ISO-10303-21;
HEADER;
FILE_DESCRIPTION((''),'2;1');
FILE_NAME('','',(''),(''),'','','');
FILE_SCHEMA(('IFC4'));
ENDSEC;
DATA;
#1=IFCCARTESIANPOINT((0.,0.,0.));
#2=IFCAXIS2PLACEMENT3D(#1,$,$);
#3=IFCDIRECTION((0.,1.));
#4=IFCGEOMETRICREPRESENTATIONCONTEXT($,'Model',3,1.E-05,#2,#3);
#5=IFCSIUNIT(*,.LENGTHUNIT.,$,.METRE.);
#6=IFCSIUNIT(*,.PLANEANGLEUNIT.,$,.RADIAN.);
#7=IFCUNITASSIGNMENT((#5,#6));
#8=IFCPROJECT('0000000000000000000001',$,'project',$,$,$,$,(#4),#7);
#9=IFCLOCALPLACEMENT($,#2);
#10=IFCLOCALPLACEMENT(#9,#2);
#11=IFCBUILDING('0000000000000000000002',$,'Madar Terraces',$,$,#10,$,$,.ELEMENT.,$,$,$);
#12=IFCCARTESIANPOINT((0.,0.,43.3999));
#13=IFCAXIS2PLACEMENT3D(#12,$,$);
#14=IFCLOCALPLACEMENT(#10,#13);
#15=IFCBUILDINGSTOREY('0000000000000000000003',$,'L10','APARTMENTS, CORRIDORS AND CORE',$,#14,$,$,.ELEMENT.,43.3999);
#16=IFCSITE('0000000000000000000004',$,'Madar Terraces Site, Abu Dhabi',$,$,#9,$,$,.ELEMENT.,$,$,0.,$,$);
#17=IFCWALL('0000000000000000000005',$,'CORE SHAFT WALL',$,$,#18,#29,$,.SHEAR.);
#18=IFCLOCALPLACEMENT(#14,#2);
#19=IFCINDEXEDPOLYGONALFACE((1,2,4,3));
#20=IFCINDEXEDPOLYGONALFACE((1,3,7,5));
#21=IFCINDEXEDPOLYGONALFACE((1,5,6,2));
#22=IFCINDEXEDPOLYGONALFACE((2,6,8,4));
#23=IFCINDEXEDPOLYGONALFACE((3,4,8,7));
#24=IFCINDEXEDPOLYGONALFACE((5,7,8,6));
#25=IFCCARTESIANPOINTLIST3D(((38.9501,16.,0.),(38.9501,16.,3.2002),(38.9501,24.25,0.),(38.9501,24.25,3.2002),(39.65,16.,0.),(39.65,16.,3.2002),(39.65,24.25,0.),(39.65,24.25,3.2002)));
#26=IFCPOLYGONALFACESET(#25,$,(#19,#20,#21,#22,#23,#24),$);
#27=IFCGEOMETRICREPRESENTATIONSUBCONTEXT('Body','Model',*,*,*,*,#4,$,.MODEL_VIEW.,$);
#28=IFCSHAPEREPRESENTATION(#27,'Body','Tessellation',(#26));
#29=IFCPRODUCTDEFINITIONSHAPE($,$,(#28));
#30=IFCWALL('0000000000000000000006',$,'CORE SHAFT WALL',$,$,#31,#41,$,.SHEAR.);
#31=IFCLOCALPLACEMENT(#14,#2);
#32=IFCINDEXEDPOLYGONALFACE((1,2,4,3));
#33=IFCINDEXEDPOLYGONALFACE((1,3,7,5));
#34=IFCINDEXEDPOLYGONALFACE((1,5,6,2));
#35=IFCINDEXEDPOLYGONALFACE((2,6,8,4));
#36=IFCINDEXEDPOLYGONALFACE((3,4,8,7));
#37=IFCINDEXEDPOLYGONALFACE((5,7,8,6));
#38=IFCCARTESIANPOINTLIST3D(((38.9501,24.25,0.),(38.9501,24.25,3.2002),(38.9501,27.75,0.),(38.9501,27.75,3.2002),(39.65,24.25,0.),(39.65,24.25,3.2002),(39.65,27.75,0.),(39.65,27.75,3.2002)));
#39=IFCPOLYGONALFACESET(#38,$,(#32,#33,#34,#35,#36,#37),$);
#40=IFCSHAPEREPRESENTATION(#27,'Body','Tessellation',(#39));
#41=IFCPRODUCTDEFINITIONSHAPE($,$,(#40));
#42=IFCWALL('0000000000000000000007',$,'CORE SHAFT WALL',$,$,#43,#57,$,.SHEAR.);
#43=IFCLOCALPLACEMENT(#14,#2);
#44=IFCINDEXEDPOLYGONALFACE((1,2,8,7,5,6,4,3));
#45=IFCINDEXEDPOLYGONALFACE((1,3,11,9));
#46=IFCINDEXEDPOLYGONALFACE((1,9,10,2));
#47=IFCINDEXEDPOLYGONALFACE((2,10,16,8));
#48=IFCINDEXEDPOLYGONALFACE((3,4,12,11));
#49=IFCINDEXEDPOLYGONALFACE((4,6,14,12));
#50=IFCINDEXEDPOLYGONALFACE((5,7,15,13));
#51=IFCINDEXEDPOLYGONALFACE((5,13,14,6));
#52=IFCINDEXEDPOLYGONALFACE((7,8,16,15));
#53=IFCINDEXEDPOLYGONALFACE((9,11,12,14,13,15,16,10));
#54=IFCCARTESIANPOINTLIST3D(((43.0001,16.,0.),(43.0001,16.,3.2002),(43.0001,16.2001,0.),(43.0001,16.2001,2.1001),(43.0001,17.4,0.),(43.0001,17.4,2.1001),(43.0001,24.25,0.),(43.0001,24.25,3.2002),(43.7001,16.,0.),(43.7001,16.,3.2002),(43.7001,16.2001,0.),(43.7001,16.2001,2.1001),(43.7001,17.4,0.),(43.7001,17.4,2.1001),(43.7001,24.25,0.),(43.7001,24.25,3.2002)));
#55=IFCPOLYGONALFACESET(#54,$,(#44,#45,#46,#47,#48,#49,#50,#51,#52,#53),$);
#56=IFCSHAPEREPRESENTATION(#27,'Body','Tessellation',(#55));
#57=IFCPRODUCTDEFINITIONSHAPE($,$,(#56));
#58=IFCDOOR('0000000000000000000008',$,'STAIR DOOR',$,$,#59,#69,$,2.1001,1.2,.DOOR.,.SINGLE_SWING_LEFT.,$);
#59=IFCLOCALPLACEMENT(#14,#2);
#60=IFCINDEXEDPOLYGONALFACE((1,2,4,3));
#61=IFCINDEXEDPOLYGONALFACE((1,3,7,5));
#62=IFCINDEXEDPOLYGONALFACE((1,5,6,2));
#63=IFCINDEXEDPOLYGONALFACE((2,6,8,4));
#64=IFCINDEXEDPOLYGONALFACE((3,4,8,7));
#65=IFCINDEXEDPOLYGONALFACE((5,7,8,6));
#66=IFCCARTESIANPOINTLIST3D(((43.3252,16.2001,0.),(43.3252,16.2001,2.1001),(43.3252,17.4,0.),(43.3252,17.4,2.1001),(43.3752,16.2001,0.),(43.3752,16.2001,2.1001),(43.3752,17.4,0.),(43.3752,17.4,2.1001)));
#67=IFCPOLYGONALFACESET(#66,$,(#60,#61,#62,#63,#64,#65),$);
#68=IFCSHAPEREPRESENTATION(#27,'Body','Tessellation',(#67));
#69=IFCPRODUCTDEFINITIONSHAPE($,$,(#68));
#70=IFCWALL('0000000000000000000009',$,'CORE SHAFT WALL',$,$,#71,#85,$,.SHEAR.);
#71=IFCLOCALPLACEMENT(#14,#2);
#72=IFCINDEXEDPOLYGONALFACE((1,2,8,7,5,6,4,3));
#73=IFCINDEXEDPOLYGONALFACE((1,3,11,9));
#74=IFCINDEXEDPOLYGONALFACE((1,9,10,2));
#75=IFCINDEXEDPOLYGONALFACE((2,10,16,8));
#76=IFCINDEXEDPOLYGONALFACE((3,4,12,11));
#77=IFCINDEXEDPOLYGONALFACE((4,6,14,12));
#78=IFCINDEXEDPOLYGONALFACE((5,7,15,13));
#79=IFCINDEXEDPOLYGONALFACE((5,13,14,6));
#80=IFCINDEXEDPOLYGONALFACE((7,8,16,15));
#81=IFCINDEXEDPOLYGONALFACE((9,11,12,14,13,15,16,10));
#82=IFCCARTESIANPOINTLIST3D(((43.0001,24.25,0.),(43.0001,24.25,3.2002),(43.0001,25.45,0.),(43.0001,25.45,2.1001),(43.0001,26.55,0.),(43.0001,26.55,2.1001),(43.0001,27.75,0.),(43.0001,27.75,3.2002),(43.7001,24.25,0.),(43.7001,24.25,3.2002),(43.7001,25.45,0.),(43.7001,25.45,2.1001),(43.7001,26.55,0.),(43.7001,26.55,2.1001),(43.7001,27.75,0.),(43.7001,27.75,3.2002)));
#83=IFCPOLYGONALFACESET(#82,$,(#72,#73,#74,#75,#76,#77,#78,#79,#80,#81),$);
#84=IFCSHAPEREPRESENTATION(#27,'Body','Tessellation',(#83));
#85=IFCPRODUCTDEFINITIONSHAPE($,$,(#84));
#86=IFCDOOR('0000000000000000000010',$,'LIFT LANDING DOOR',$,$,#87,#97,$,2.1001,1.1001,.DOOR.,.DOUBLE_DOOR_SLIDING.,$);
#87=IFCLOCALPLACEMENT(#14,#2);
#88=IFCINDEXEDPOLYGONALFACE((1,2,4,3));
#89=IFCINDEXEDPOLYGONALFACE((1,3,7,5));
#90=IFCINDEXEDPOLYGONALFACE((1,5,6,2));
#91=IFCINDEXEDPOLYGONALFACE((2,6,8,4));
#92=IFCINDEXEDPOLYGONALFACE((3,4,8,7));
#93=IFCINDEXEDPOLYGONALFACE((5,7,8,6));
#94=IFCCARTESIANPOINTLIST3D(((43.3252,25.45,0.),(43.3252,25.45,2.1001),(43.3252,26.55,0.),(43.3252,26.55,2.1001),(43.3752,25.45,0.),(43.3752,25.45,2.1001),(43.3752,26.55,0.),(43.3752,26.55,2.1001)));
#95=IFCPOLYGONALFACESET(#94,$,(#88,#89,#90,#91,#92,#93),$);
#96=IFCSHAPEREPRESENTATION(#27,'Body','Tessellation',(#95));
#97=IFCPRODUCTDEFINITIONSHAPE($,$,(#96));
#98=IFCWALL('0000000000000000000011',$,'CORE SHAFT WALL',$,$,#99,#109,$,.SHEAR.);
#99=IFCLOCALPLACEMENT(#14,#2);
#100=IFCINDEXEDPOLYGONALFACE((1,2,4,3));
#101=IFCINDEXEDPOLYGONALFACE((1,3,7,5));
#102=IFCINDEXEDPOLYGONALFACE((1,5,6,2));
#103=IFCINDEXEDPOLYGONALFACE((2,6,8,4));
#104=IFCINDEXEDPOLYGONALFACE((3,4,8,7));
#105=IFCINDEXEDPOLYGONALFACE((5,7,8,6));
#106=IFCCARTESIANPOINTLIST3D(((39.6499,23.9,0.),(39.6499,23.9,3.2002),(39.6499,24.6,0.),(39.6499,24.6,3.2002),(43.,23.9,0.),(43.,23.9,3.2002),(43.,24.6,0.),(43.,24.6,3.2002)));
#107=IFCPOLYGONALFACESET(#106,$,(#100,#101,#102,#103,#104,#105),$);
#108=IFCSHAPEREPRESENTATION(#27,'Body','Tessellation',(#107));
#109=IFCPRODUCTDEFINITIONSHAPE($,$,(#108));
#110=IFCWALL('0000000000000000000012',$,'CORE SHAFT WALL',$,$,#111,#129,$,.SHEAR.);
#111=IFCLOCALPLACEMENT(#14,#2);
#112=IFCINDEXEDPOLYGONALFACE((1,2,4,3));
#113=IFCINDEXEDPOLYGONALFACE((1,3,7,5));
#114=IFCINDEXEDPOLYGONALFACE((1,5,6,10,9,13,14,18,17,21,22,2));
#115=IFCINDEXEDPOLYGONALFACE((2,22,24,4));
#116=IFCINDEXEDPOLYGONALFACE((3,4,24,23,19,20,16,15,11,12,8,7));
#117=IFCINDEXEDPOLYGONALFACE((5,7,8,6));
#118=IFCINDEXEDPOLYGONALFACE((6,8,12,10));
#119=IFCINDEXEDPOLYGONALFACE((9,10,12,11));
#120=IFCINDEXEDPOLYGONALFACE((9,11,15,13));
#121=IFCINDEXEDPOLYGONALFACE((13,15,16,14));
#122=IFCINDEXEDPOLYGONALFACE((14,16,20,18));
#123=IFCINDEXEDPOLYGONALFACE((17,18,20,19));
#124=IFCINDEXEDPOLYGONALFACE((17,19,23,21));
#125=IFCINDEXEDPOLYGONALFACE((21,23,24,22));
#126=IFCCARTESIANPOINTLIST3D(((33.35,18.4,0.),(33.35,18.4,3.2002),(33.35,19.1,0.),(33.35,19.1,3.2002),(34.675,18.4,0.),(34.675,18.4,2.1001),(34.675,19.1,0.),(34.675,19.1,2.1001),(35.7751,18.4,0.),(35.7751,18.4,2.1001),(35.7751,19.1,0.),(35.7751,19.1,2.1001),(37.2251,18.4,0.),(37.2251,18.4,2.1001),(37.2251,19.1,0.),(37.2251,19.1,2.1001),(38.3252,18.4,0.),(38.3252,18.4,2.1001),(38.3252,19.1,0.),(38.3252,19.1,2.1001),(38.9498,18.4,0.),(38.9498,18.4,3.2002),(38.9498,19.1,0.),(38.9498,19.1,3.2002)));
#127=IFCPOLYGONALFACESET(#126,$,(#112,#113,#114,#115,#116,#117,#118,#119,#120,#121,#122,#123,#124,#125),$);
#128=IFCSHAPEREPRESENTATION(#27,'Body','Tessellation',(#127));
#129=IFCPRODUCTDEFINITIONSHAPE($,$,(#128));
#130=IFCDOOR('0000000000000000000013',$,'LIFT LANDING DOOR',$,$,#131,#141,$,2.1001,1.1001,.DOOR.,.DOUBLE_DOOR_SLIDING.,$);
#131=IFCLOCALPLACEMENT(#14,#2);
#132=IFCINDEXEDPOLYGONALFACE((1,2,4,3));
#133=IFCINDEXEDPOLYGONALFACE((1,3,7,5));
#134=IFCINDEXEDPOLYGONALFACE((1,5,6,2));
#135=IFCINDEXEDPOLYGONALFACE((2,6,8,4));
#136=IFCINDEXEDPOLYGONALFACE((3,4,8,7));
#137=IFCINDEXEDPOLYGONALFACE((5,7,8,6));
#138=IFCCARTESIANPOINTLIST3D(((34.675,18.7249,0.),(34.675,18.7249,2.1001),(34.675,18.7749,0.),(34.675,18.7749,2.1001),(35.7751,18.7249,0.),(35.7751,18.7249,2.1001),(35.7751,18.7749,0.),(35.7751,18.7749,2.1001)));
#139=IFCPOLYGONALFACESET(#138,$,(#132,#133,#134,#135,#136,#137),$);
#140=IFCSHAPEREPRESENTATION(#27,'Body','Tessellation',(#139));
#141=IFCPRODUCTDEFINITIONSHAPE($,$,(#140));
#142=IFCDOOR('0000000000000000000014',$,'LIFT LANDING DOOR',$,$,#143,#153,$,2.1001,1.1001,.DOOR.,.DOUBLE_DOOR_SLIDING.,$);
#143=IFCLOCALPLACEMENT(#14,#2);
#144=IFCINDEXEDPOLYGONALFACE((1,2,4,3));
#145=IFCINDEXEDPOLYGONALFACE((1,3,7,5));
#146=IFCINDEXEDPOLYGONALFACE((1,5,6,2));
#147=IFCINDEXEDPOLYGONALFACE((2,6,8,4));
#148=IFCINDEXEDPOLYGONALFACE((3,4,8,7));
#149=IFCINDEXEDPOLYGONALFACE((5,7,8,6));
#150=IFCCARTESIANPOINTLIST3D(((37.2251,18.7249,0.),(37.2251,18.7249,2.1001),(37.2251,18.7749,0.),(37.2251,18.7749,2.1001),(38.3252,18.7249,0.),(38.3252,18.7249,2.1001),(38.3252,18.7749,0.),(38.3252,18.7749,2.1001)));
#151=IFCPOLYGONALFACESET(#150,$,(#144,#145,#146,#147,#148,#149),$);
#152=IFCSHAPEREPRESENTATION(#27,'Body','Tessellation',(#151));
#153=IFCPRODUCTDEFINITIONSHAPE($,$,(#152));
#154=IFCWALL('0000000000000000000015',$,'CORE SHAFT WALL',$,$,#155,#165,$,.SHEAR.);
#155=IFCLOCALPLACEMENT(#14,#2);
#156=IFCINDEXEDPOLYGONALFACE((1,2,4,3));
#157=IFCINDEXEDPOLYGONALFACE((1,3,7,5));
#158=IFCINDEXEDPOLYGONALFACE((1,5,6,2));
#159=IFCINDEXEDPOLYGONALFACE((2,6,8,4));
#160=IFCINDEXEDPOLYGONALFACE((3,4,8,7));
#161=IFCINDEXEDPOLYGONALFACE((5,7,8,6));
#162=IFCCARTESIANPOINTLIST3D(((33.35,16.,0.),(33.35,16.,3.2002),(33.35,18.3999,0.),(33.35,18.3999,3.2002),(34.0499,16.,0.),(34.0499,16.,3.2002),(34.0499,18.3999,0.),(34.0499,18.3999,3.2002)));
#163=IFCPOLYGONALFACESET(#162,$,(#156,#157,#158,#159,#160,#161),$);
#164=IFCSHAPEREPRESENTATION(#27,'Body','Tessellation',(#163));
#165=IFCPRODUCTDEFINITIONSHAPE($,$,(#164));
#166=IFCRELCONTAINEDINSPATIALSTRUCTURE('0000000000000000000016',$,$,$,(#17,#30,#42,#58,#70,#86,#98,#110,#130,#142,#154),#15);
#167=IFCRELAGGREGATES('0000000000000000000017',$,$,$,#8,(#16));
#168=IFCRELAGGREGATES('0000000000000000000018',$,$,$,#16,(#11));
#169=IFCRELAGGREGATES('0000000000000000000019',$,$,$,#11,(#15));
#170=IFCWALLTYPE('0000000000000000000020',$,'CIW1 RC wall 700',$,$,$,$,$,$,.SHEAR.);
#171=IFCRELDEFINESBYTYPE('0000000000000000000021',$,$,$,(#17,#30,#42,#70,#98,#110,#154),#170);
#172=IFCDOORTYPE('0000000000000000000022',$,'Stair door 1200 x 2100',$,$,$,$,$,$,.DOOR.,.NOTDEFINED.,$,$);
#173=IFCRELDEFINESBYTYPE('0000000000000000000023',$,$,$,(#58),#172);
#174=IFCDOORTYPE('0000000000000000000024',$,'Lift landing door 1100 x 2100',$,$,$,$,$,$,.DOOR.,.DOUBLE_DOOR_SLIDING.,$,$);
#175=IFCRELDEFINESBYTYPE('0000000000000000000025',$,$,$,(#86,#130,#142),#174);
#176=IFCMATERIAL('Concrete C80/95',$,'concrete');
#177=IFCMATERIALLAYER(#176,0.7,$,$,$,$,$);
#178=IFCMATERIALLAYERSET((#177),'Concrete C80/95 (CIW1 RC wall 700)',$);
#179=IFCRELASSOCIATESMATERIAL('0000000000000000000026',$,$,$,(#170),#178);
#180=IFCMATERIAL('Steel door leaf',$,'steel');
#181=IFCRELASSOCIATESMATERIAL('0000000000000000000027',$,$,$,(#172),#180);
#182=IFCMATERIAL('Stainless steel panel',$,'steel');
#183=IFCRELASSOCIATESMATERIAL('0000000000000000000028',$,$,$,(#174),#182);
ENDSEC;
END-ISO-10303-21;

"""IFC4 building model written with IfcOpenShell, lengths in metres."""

from ifc_helpers import new_model, si_unit, direction, frame, frame_2d, origin, place, context, subcontext, project, spatial, rectangle, extrude, material, layer, layer_set, type_object, element, fill, save


model = new_model("IFC4")

# Units and contexts
model_context = context("Model", 3, precision=1e-05, world=origin(), true_north=direction((0.0, 1.0)))
body_context = subcontext(model_context, "Body", "Model", "MODEL_VIEW")
ifc_project = project(units=[si_unit("LENGTHUNIT", "METRE"), si_unit("PLANEANGLEUNIT", "RADIAN")], contexts=[model_context])

# Site, building, storey
site_placement = place(None, origin())
site = spatial("IfcSite", under=ifc_project, at=site_placement, Name="Madar Terraces Site, Abu Dhabi", CompositionType="ELEMENT", RefElevation=0.0)
building_placement = place(site_placement, origin())
building = spatial("IfcBuilding", under=site, at=building_placement, Name="Madar Terraces", CompositionType="ELEMENT")
storey_placement = place(building_placement, frame((0.0, 0.0, 43.3999)))
storey = spatial("IfcBuildingStorey", under=building, at=storey_placement, Name="L10", Description="APARTMENTS, CORRIDORS AND CORE", CompositionType="ELEMENT", Elevation=43.3999)

# Walls
ifc_material_1 = material(Name="Concrete C80/95", Category="concrete")
ifc_layer_1 = layer(ifc_material_1, 0.7)
ifc_layer_set_1 = layer_set([ifc_layer_1], Name="Concrete C80/95 (CIW1 RC wall 700)")
wall_type_1 = type_object("IfcWallType", Name="CIW1 RC wall 700", PredefinedType="SHEAR", material=ifc_layer_set_1)
wall_1_placement = place(storey_placement, frame((39.3, 16.0, 0.0), z_axis=(0.0, 0.0, 1.0), x_axis=(0.0, 1.0, 0.0)))
element("IfcWall", 1, at=wall_1_placement, inside=storey, type_object=wall_type_1, Name="CORE SHAFT WALL", PredefinedType="SHEAR", context=body_context, shape_type="SweptSolid", body=[
    extrude(rectangle(XDim=8.25, YDim=0.7, at=frame_2d((4.125, 0.0))), origin(), (0.0, 0.0, 1.0), 3.2002),
])
wall_2_placement = place(storey_placement, frame((39.3, 24.25, 0.0), z_axis=(0.0, 0.0, 1.0), x_axis=(0.0, 1.0, 0.0)))
element("IfcWall", 2, at=wall_2_placement, inside=storey, type_object=wall_type_1, Name="CORE SHAFT WALL", PredefinedType="SHEAR", context=body_context, shape_type="SweptSolid", body=[
    extrude(rectangle(XDim=3.5, YDim=0.7, at=frame_2d((1.75, 0.0))), origin(), (0.0, 0.0, 1.0), 3.2002),
])

# Walls, openings, doors
wall_3_placement = place(storey_placement, frame((43.3501, 16.0, 0.0), z_axis=(0.0, 0.0, 1.0), x_axis=(0.0, 1.0, 0.0)))
wall_3 = element("IfcWall", 3, at=wall_3_placement, inside=storey, type_object=wall_type_1, Name="CORE SHAFT WALL", PredefinedType="SHEAR", context=body_context, shape_type="SweptSolid", body=[
    extrude(rectangle(XDim=8.25, YDim=0.7, at=frame_2d((4.125, 0.0))), origin(), (0.0, 0.0, 1.0), 3.2002),
])
opening_1_placement = place(wall_3_placement, frame((0.2, 0.0, 0.0)))
opening_1 = element("IfcOpeningElement", 4, at=opening_1_placement, cuts=wall_3, PredefinedType="OPENING", context=body_context, shape_type="SweptSolid", body=[
    extrude(rectangle(XDim=1.2, YDim=2.1001, at=frame_2d((0.6001, 1.05))), frame((0.0, 0.3599, 0.0), z_axis=(0.0, -1.0, 0.0), x_axis=(1.0, 0.0, 0.0)), (0.0, 0.0, 1.0), 0.72),
])
ifc_material_2 = material(Name="Steel door leaf", Category="steel")
door_type_1 = type_object("IfcDoorType", Name="Stair door 1200 x 2100", OperationType="NOTDEFINED", PredefinedType="DOOR", material=ifc_material_2)
door_1_placement = place(opening_1_placement, origin())
door_1 = element("IfcDoor", 5, at=door_1_placement, inside=storey, type_object=door_type_1, Name="STAIR DOOR", OperationType="SINGLE_SWING_LEFT", OverallHeight=2.1001, OverallWidth=1.2, PredefinedType="DOOR", context=body_context, shape_type="SweptSolid", body=[
    extrude(rectangle(XDim=1.2, YDim=2.1001, at=frame_2d((0.6001, 1.05))), frame((0.0, 0.0249, 0.0), z_axis=(0.0, -1.0, 0.0), x_axis=(1.0, 0.0, 0.0)), (0.0, 0.0, 1.0), 0.05),
])
fill(opening_1, door_1)
wall_4_placement = place(storey_placement, frame((43.3501, 24.25, 0.0), z_axis=(0.0, 0.0, 1.0), x_axis=(0.0, 1.0, 0.0)))
wall_4 = element("IfcWall", 6, at=wall_4_placement, inside=storey, type_object=wall_type_1, Name="CORE SHAFT WALL", PredefinedType="SHEAR", context=body_context, shape_type="SweptSolid", body=[
    extrude(rectangle(XDim=3.5, YDim=0.7, at=frame_2d((1.75, 0.0))), origin(), (0.0, 0.0, 1.0), 3.2002),
])
opening_2_placement = place(wall_4_placement, frame((1.2, 0.0, 0.0)))
opening_2 = element("IfcOpeningElement", 7, at=opening_2_placement, cuts=wall_4, PredefinedType="OPENING", context=body_context, shape_type="SweptSolid", body=[
    extrude(rectangle(XDim=1.1001, YDim=2.1001, at=frame_2d((0.55, 1.05))), frame((0.0, 0.3599, 0.0), z_axis=(0.0, -1.0, 0.0), x_axis=(1.0, 0.0, 0.0)), (0.0, 0.0, 1.0), 0.72),
])
ifc_material_3 = material(Name="Stainless steel panel", Category="steel")
door_type_2 = type_object("IfcDoorType", Name="Lift landing door 1100 x 2100", OperationType="DOUBLE_DOOR_SLIDING", PredefinedType="DOOR", material=ifc_material_3)
door_2_placement = place(opening_2_placement, origin())
door_2 = element("IfcDoor", 8, at=door_2_placement, inside=storey, type_object=door_type_2, Name="LIFT LANDING DOOR", OperationType="DOUBLE_DOOR_SLIDING", OverallHeight=2.1001, OverallWidth=1.1001, PredefinedType="DOOR", context=body_context, shape_type="SweptSolid", body=[
    extrude(rectangle(XDim=1.1001, YDim=2.1001, at=frame_2d((0.55, 1.05))), frame((0.0, 0.0249, 0.0), z_axis=(0.0, -1.0, 0.0), x_axis=(1.0, 0.0, 0.0)), (0.0, 0.0, 1.0), 0.05),
])
fill(opening_2, door_2)

# Wall
wall_5_placement = place(storey_placement, frame((39.6499, 24.25, 0.0), z_axis=(0.0, 0.0, 1.0), x_axis=(1.0, 0.0, 0.0)))
element("IfcWall", 9, at=wall_5_placement, inside=storey, type_object=wall_type_1, Name="CORE SHAFT WALL", PredefinedType="SHEAR", context=body_context, shape_type="SweptSolid", body=[
    extrude(rectangle(XDim=3.3501, YDim=0.7, at=frame_2d((1.675, 0.0))), origin(), (0.0, 0.0, 1.0), 3.2002),
])

# Wall, openings, doors
wall_6_placement = place(storey_placement, frame((33.3501, 18.75, 0.0), z_axis=(0.0, 0.0, 1.0), x_axis=(1.0, 0.0, 0.0)))
wall_6 = element("IfcWall", 10, at=wall_6_placement, inside=storey, type_object=wall_type_1, Name="CORE SHAFT WALL", PredefinedType="SHEAR", context=body_context, shape_type="SweptSolid", body=[
    extrude(rectangle(XDim=5.5999, YDim=0.7, at=frame_2d((2.7998, 0.0))), origin(), (0.0, 0.0, 1.0), 3.2002),
])
opening_3_placement = place(wall_6_placement, frame((1.325, 0.0, 0.0)))
opening_3 = element("IfcOpeningElement", 11, at=opening_3_placement, cuts=wall_6, PredefinedType="OPENING", context=body_context, shape_type="SweptSolid", body=[
    extrude(rectangle(XDim=1.1001, YDim=2.1001, at=frame_2d((0.55, 1.05))), frame((0.0, 0.3599, 0.0), z_axis=(0.0, -1.0, 0.0), x_axis=(1.0, 0.0, 0.0)), (0.0, 0.0, 1.0), 0.72),
])
opening_4_placement = place(wall_6_placement, frame((3.875, 0.0, 0.0)))
opening_4 = element("IfcOpeningElement", 12, at=opening_4_placement, cuts=wall_6, PredefinedType="OPENING", context=body_context, shape_type="SweptSolid", body=[
    extrude(rectangle(XDim=1.1001, YDim=2.1001, at=frame_2d((0.55, 1.05))), frame((0.0, 0.3599, 0.0), z_axis=(0.0, -1.0, 0.0), x_axis=(1.0, 0.0, 0.0)), (0.0, 0.0, 1.0), 0.72),
])
door_3_placement = place(opening_3_placement, origin())
door_3 = element("IfcDoor", 13, at=door_3_placement, inside=storey, type_object=door_type_2, Name="LIFT LANDING DOOR", OperationType="DOUBLE_DOOR_SLIDING", OverallHeight=2.1001, OverallWidth=1.1001, PredefinedType="DOOR", context=body_context, shape_type="SweptSolid", body=[
    extrude(rectangle(XDim=1.1001, YDim=2.1001, at=frame_2d((0.55, 1.05))), frame((0.0, 0.0249, 0.0), z_axis=(0.0, -1.0, 0.0), x_axis=(1.0, 0.0, 0.0)), (0.0, 0.0, 1.0), 0.05),
])
fill(opening_3, door_3)
door_4_placement = place(opening_4_placement, origin())
door_4 = element("IfcDoor", 14, at=door_4_placement, inside=storey, type_object=door_type_2, Name="LIFT LANDING DOOR", OperationType="DOUBLE_DOOR_SLIDING", OverallHeight=2.1001, OverallWidth=1.1001, PredefinedType="DOOR", context=body_context, shape_type="SweptSolid", body=[
    extrude(rectangle(XDim=1.1001, YDim=2.1001, at=frame_2d((0.55, 1.05))), frame((0.0, 0.0249, 0.0), z_axis=(0.0, -1.0, 0.0), x_axis=(1.0, 0.0, 0.0)), (0.0, 0.0, 1.0), 0.05),
])
fill(opening_4, door_4)

# Wall
wall_7_placement = place(storey_placement, frame((33.7, 16.0, 0.0), z_axis=(0.0, 0.0, 1.0), x_axis=(0.0, 1.0, 0.0)))
element("IfcWall", 15, at=wall_7_placement, inside=storey, type_object=wall_type_1, Name="CORE SHAFT WALL", PredefinedType="SHEAR", context=body_context, shape_type="SweptSolid", body=[
    extrude(rectangle(XDim=2.3999, YDim=0.7, at=frame_2d((1.2, 0.0))), origin(), (0.0, 0.0, 1.0), 3.2002),
])

save(model, "model.ifc")
